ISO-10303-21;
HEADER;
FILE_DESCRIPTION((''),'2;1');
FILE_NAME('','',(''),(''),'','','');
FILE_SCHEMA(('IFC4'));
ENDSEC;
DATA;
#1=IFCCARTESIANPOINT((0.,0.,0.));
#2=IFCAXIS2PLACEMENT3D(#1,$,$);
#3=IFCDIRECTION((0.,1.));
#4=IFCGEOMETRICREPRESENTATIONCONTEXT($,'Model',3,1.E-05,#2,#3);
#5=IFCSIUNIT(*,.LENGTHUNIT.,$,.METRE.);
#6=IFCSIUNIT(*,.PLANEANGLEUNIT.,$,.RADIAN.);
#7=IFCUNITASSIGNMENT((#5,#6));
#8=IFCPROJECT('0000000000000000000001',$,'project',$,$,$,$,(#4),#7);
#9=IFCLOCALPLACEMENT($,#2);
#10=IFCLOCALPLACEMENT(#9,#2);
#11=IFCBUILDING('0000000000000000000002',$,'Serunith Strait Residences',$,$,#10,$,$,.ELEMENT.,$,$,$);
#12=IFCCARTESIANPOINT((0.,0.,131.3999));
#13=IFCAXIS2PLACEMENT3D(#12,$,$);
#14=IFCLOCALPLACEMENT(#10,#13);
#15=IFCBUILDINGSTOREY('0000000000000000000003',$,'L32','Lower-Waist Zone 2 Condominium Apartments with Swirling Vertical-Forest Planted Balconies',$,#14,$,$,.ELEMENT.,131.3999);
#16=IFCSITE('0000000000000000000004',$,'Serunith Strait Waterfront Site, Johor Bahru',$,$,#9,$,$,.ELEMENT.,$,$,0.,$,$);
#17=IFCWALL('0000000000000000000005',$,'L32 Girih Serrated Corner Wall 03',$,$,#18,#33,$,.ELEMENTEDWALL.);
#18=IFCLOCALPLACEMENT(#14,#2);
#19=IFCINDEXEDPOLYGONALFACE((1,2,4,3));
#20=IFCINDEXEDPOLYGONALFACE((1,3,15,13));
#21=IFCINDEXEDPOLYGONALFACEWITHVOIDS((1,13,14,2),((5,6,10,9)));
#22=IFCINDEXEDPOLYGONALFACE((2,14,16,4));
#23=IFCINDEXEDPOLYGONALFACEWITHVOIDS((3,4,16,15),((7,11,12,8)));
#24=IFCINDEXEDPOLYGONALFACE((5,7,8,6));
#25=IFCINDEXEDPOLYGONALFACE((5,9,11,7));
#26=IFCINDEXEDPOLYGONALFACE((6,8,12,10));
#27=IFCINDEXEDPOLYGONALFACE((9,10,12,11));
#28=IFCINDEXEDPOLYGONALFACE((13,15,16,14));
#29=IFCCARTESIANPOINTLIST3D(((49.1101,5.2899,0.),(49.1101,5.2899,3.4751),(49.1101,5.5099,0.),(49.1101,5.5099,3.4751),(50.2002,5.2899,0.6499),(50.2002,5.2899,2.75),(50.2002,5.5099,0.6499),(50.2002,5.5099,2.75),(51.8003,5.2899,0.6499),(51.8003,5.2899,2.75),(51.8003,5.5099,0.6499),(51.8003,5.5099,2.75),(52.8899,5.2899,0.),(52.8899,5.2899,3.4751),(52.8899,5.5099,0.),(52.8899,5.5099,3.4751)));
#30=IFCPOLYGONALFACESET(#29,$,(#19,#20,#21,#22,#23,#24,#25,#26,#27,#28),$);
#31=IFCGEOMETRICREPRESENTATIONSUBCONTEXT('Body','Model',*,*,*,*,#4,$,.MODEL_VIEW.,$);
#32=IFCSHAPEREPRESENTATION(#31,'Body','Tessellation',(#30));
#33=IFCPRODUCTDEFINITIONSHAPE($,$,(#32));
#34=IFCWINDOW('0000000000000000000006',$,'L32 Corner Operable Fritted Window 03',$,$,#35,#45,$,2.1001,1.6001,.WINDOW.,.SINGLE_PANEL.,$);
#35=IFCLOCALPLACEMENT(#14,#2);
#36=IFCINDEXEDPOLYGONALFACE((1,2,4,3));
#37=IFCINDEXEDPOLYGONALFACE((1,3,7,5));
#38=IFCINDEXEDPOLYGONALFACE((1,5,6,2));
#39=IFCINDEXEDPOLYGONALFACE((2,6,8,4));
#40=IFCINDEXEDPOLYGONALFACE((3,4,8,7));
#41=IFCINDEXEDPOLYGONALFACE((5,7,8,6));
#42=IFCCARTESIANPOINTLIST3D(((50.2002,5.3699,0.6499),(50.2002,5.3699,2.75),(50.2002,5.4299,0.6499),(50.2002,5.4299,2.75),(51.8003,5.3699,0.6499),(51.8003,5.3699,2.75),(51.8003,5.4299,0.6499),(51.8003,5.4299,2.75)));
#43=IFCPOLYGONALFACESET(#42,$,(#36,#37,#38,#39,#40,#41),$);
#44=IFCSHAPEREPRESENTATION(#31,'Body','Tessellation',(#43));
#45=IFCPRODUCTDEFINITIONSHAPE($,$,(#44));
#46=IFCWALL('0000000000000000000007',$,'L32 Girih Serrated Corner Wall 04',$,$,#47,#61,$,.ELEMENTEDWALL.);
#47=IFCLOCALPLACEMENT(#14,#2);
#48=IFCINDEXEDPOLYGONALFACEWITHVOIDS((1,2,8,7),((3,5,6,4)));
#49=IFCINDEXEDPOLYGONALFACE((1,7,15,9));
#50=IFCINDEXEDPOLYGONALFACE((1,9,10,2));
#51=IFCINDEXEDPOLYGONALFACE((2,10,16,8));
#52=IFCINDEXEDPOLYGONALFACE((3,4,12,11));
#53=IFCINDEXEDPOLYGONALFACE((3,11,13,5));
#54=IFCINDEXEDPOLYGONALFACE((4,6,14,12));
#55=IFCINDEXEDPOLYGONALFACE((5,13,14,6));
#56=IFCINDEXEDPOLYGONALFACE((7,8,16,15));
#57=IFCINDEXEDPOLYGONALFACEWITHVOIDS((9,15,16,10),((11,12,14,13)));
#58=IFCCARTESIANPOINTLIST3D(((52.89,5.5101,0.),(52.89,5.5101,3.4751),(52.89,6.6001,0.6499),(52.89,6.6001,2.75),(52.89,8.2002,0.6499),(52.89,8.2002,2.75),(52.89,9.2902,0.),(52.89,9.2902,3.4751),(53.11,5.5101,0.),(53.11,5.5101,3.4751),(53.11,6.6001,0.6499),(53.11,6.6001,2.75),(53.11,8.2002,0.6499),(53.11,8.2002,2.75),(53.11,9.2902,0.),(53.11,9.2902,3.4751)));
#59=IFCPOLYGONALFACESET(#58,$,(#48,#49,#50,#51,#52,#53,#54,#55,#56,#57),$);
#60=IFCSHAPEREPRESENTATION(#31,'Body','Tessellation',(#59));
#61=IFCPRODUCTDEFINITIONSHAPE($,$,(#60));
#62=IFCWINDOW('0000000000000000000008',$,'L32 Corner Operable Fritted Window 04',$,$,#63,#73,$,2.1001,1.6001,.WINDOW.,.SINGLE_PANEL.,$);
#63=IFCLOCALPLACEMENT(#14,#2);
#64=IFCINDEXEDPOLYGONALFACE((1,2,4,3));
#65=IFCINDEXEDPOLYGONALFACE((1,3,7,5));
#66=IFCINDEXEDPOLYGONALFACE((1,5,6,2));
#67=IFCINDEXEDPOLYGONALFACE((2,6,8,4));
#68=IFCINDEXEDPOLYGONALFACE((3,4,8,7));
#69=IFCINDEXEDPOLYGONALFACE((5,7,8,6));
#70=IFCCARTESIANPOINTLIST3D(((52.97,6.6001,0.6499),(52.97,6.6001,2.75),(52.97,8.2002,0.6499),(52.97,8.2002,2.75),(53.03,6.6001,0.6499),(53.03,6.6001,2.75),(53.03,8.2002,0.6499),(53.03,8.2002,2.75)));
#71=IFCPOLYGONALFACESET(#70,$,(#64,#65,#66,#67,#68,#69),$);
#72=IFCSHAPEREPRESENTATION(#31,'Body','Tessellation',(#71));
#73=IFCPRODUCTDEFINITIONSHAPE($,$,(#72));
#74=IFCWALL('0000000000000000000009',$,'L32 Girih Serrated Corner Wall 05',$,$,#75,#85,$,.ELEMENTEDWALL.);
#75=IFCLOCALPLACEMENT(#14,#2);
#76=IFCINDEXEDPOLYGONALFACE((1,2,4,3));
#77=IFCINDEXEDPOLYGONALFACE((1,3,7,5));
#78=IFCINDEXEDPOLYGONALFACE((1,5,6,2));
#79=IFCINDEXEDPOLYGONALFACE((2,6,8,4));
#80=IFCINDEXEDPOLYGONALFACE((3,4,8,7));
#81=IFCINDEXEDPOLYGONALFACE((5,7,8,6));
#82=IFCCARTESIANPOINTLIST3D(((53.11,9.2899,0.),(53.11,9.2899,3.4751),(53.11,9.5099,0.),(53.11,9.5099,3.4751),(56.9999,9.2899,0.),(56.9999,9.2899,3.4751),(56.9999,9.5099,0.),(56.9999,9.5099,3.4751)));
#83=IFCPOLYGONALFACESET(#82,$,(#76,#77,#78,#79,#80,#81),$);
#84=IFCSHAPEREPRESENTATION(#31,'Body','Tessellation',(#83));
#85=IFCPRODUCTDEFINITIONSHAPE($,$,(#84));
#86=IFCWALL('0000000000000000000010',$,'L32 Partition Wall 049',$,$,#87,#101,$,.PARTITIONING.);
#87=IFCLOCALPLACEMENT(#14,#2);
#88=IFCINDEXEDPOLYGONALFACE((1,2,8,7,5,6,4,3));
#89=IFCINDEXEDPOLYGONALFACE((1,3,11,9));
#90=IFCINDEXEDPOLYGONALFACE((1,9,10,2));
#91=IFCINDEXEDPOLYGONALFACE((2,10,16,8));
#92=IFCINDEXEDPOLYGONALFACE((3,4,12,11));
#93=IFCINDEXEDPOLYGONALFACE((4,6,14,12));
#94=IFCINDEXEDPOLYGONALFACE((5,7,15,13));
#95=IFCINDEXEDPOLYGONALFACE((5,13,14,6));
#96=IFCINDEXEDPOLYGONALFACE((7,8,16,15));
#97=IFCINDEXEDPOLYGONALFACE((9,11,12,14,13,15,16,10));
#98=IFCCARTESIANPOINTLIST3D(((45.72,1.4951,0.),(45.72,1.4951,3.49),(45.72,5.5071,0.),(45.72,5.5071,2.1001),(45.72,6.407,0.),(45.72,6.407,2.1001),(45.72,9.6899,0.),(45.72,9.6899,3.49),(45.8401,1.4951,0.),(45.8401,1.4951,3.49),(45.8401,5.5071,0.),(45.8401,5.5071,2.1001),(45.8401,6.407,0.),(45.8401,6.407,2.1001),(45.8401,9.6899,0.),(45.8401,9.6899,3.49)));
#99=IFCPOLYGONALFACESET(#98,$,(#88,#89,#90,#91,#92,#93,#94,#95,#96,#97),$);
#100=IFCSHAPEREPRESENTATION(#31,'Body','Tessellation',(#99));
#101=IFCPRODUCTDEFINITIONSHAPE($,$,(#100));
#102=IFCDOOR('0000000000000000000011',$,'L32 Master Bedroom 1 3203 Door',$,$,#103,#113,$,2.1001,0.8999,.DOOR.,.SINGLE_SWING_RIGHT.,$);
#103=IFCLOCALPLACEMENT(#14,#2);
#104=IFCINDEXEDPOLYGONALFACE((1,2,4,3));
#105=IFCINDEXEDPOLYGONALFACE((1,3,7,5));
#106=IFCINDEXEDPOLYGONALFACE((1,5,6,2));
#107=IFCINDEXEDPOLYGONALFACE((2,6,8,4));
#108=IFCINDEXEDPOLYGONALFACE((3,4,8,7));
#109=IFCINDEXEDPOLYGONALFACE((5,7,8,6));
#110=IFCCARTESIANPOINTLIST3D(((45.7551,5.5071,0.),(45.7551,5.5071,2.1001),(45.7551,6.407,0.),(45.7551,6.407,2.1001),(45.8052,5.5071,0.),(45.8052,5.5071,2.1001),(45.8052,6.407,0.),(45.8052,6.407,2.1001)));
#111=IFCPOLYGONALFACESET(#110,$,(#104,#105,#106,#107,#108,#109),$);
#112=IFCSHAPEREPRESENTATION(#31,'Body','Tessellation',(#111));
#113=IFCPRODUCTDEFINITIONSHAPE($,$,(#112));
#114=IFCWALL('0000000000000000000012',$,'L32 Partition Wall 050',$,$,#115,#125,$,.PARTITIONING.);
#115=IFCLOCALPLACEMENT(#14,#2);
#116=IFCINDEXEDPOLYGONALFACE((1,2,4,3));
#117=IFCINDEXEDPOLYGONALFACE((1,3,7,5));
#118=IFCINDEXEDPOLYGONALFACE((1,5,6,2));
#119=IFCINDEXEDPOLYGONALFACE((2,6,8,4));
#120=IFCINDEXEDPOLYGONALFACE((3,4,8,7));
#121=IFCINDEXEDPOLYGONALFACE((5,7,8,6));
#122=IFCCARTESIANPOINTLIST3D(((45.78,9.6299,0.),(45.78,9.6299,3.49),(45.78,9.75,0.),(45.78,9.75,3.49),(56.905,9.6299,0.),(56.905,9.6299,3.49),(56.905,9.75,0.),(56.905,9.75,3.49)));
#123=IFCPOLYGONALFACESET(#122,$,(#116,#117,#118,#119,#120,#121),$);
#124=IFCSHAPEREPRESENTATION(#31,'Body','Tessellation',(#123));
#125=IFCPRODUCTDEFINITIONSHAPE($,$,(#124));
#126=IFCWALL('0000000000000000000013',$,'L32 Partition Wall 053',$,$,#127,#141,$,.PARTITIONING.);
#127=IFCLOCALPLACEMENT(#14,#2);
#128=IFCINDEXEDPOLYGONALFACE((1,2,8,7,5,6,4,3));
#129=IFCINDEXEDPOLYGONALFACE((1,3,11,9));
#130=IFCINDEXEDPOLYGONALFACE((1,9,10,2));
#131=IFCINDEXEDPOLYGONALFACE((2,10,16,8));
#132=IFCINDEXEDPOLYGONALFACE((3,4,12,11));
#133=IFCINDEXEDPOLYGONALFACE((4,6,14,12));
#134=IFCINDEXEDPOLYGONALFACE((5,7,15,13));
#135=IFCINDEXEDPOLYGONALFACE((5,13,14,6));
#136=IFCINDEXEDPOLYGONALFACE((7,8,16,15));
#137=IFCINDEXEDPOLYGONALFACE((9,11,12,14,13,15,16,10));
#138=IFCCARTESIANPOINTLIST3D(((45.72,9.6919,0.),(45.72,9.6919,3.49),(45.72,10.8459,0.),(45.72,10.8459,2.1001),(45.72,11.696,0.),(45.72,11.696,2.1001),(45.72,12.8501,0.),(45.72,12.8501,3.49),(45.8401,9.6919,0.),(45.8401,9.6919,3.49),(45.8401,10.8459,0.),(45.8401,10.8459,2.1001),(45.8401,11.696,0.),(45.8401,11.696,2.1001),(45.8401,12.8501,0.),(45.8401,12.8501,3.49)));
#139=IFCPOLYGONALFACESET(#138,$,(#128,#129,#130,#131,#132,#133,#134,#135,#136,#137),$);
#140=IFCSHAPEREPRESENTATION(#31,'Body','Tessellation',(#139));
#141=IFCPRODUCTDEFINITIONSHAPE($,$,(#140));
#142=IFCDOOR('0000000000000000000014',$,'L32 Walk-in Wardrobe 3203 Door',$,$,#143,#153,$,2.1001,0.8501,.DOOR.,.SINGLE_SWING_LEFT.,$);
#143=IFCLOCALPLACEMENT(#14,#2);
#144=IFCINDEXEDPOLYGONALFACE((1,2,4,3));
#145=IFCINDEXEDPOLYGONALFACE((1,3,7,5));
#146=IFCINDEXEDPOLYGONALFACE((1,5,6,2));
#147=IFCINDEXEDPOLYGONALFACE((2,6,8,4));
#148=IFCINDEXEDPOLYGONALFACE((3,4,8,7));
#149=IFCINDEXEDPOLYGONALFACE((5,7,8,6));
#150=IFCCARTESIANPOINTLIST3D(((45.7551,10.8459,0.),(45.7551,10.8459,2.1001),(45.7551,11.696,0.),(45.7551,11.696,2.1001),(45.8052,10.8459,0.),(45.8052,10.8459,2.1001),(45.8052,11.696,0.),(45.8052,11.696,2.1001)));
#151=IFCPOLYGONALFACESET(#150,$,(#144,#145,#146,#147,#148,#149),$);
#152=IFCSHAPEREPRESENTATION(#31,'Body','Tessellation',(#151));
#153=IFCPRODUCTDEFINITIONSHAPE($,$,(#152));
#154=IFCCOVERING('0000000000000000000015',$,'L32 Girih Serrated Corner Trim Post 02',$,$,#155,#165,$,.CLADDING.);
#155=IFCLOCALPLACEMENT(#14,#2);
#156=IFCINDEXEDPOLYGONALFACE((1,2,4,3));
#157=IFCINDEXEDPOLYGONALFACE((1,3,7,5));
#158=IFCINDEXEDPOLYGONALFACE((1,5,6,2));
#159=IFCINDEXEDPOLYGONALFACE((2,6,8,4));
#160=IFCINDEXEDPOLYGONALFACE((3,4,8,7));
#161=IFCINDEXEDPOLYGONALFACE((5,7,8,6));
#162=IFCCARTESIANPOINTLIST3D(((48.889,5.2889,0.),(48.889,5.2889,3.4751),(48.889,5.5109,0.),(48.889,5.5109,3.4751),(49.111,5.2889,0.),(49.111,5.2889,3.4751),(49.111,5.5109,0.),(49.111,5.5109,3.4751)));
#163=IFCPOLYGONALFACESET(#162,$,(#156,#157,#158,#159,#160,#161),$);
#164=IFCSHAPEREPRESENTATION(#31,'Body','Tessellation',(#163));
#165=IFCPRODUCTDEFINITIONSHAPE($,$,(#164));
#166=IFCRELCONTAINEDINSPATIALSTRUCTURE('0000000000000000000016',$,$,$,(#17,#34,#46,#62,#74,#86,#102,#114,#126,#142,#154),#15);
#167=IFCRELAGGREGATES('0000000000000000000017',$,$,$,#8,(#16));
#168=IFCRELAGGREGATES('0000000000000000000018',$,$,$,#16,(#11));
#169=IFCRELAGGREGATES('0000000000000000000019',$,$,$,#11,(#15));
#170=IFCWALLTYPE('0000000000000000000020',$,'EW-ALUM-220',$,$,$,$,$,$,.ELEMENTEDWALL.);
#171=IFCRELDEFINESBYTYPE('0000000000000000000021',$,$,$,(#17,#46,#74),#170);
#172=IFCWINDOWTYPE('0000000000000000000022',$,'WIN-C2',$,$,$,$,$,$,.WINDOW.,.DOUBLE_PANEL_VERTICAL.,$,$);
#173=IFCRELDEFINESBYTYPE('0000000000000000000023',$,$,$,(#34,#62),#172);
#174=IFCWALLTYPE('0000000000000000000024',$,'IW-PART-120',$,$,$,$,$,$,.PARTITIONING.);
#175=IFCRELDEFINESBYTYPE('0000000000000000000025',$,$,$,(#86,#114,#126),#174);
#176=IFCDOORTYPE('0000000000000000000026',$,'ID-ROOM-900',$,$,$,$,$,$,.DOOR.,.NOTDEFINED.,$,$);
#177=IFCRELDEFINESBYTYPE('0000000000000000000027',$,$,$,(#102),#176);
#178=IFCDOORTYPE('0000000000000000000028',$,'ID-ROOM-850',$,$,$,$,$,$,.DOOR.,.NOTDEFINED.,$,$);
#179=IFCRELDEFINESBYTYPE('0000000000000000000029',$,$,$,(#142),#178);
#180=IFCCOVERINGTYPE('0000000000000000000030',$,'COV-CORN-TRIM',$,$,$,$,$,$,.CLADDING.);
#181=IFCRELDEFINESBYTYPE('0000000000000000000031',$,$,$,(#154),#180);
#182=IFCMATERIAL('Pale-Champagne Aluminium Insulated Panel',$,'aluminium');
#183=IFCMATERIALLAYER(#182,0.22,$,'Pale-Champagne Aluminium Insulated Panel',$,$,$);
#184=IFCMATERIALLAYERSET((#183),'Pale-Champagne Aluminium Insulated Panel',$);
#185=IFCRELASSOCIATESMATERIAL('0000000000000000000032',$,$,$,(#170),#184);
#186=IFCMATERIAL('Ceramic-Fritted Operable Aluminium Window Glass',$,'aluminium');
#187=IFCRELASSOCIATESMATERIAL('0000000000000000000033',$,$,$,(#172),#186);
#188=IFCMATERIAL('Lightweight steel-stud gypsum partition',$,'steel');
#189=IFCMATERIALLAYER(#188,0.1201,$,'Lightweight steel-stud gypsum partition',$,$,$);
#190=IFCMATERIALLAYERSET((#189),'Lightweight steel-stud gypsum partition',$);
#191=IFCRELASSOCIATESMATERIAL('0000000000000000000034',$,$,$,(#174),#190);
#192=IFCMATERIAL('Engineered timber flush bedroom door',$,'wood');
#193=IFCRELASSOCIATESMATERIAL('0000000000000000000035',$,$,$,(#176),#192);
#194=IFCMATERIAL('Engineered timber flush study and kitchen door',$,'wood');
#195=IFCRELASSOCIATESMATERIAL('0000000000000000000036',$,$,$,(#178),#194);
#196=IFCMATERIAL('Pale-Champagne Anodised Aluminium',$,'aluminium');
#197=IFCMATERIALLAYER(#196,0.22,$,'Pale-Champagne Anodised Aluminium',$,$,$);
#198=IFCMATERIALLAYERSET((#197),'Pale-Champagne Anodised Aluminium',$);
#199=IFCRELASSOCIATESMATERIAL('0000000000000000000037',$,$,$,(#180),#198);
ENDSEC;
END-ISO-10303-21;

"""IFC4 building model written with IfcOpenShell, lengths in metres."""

from ifc_helpers import new_model, si_unit, direction, frame, frame_2d, origin, origin_2d, place, context, subcontext, project, spatial, rectangle, extrude, source, transform, mapped, material, layer, layer_set, type_object, element, fill, save


model = new_model("IFC4")

# Units and contexts
model_context = context("Model", 3, precision=1e-05, world=origin(), true_north=direction((0.0, 1.0)))
body_context = subcontext(model_context, "Body", "Model", "MODEL_VIEW")
ifc_project = project(units=[si_unit("LENGTHUNIT", "METRE"), si_unit("PLANEANGLEUNIT", "RADIAN")], contexts=[model_context])

# Site, building, storey
site_placement = place(None, origin())
site = spatial("IfcSite", under=ifc_project, at=site_placement, Name="Serunith Strait Waterfront Site, Johor Bahru", CompositionType="ELEMENT", RefElevation=0.0)
building_placement = place(site_placement, origin())
building = spatial("IfcBuilding", under=site, at=building_placement, Name="Serunith Strait Residences", CompositionType="ELEMENT")
storey_placement = place(building_placement, frame((0.0, 0.0, 131.3999)))
storey = spatial("IfcBuildingStorey", under=building, at=storey_placement, Name="L32", Description="Lower-Waist Zone 2 Condominium Apartments with Swirling Vertical-Forest Planted Balconies", CompositionType="ELEMENT", Elevation=131.3999)

# Shared definitions
ifc_material_1 = material(Name="Pale-Champagne Anodised Aluminium", Category="aluminium")

# Walls, openings, windows
ifc_material_2 = material(Name="Pale-Champagne Aluminium Insulated Panel", Category="aluminium")
ifc_layer_1 = layer(ifc_material_2, 0.22, Name="Pale-Champagne Aluminium Insulated Panel")
ifc_layer_set_1 = layer_set([ifc_layer_1], Name="Pale-Champagne Aluminium Insulated Panel")
wall_type_1 = type_object("IfcWallType", Name="EW-ALUM-220", PredefinedType="ELEMENTEDWALL", material=ifc_layer_set_1)
ifc_material_3 = material(Name="Ceramic-Fritted Operable Aluminium Window Glass", Category="aluminium")
window_type = type_object("IfcWindowType", Name="WIN-C2", PartitioningType="DOUBLE_PANEL_VERTICAL", PredefinedType="WINDOW", material=ifc_material_3)
shared_shape_1 = source(origin(), body_context, "Body", "SweptSolid", [
    extrude(rectangle(XDim=1.6001, YDim=2.1001, at=frame_2d((0.8, 1.05))), frame((0.0, 0.03, 0.0), z_axis=(0.0, -1.0, 0.0), x_axis=(1.0, 0.0, 0.0)), (0.0, 0.0, 1.0), 0.0601),
])
wall_1_placement = place(storey_placement, frame((49.1101, 5.3999, 0.0), z_axis=(0.0, 0.0, 1.0), x_axis=(1.0, 0.0, 0.0)))
wall_1 = element("IfcWall", 1, at=wall_1_placement, inside=storey, type_object=wall_type_1, Name="L32 Girih Serrated Corner Wall 03", PredefinedType="ELEMENTEDWALL", context=body_context, shape_type="SweptSolid", body=[
    extrude(rectangle(XDim=3.7798, YDim=0.22, at=frame_2d((1.8899, 0.0))), origin(), (0.0, 0.0, 1.0), 3.4751),
])
opening_1_placement = place(wall_1_placement, frame((1.0901, 0.0, 0.6499)))
opening_1 = element("IfcOpeningElement", 2, at=opening_1_placement, cuts=wall_1, PredefinedType="OPENING", context=body_context, shape_type="SweptSolid", body=[
    extrude(rectangle(XDim=1.6001, YDim=2.1001, at=frame_2d((0.8, 1.05))), frame((0.0, 0.1201, 0.0), z_axis=(0.0, -1.0, 0.0), x_axis=(1.0, 0.0, 0.0)), (0.0, 0.0, 1.0), 0.24),
])
window_1_placement = place(opening_1_placement, origin())
window_1 = element("IfcWindow", 3, at=window_1_placement, inside=storey, type_object=window_type, Name="L32 Corner Operable Fritted Window 03", OverallHeight=2.1001, OverallWidth=1.6001, PartitioningType="SINGLE_PANEL", PredefinedType="WINDOW", context=body_context, shape_type="MappedRepresentation", body=[
    mapped(shared_shape_1, transform((0.0, 0.0, 0.0), scale=1.0)),
])
fill(opening_1, window_1)
wall_2_placement = place(storey_placement, frame((53.0, 5.51, 0.0), z_axis=(0.0, 0.0, 1.0), x_axis=(0.0, 1.0, 0.0)))
wall_2 = element("IfcWall", 4, at=wall_2_placement, inside=storey, type_object=wall_type_1, Name="L32 Girih Serrated Corner Wall 04", PredefinedType="ELEMENTEDWALL", context=body_context, shape_type="SweptSolid", body=[
    extrude(rectangle(XDim=3.78, YDim=0.22, at=frame_2d((1.8901, 0.0))), origin(), (0.0, 0.0, 1.0), 3.4751),
])
opening_2_placement = place(wall_2_placement, frame((1.0901, 0.0, 0.6499)))
opening_2 = element("IfcOpeningElement", 5, at=opening_2_placement, cuts=wall_2, PredefinedType="OPENING", context=body_context, shape_type="SweptSolid", body=[
    extrude(rectangle(XDim=1.6001, YDim=2.1001, at=frame_2d((0.8, 1.05))), frame((0.0, 0.1201, 0.0), z_axis=(0.0, -1.0, 0.0), x_axis=(1.0, 0.0, 0.0)), (0.0, 0.0, 1.0), 0.24),
])
window_2_placement = place(opening_2_placement, origin())
window_2 = element("IfcWindow", 6, at=window_2_placement, inside=storey, type_object=window_type, Name="L32 Corner Operable Fritted Window 04", OverallHeight=2.1001, OverallWidth=1.6001, PartitioningType="SINGLE_PANEL", PredefinedType="WINDOW", context=body_context, shape_type="MappedRepresentation", body=[
    mapped(shared_shape_1, transform((0.0, 0.0, 0.0), scale=1.0)),
])
fill(opening_2, window_2)

# Wall
wall_3_placement = place(storey_placement, frame((53.1101, 9.3999, 0.0), z_axis=(0.0, 0.0, 1.0), x_axis=(1.0, 0.0, 0.0)))
element("IfcWall", 7, at=wall_3_placement, inside=storey, type_object=wall_type_1, Name="L32 Girih Serrated Corner Wall 05", PredefinedType="ELEMENTEDWALL", context=body_context, shape_type="SweptSolid", body=[
    extrude(rectangle(XDim=3.8899, YDim=0.22, at=frame_2d((1.9448, 0.0))), origin(), (0.0, 0.0, 1.0), 3.4751),
])

# Wall, opening, door
ifc_material_4 = material(Name="Lightweight steel-stud gypsum partition", Category="steel")
ifc_layer_2 = layer(ifc_material_4, 0.1201, Name="Lightweight steel-stud gypsum partition")
ifc_layer_set_2 = layer_set([ifc_layer_2], Name="Lightweight steel-stud gypsum partition")
wall_type_2 = type_object("IfcWallType", Name="IW-PART-120", PredefinedType="PARTITIONING", material=ifc_layer_set_2)
wall_4_placement = place(storey_placement, frame((45.78, 1.4951, 0.0), z_axis=(0.0, 0.0, 1.0), x_axis=(0.0, 1.0, 0.0)))
wall_4 = element("IfcWall", 8, at=wall_4_placement, inside=storey, type_object=wall_type_2, Name="L32 Partition Wall 049", PredefinedType="PARTITIONING", context=body_context, shape_type="SweptSolid", body=[
    extrude(rectangle(XDim=8.1948, YDim=0.1201, at=frame_2d((4.0974, 0.0))), origin(), (0.0, 0.0, 1.0), 3.49),
])
opening_3_placement = place(wall_4_placement, frame((4.012, 0.0, 0.0)))
opening_3 = element("IfcOpeningElement", 9, at=opening_3_placement, cuts=wall_4, PredefinedType="OPENING", context=body_context, shape_type="SweptSolid", body=[
    extrude(rectangle(XDim=0.8999, YDim=2.1001, at=frame_2d((0.45, 1.05))), frame((0.0, 0.0701, 0.0), z_axis=(0.0, -1.0, 0.0), x_axis=(1.0, 0.0, 0.0)), (0.0, 0.0, 1.0), 0.1401),
])
ifc_material_5 = material(Name="Engineered timber flush bedroom door", Category="wood")
door_type_1 = type_object("IfcDoorType", Name="ID-ROOM-900", OperationType="NOTDEFINED", PredefinedType="DOOR", material=ifc_material_5)
shared_shape_2 = source(origin(), body_context, "Body", "SweptSolid", [
    extrude(rectangle(XDim=0.8999, YDim=2.1001, at=frame_2d((0.45, 1.05))), frame((0.0, 0.0249, 0.0), z_axis=(0.0, -1.0, 0.0), x_axis=(1.0, 0.0, 0.0)), (0.0, 0.0, 1.0), 0.05),
])
door_1_placement = place(opening_3_placement, origin())
door_1 = element("IfcDoor", 10, at=door_1_placement, inside=storey, type_object=door_type_1, Name="L32 Master Bedroom 1 3203 Door", OperationType="SINGLE_SWING_RIGHT", OverallHeight=2.1001, OverallWidth=0.8999, PredefinedType="DOOR", context=body_context, shape_type="MappedRepresentation", body=[
    mapped(shared_shape_2, transform((0.0, 0.0, 0.0), scale=1.0)),
])
fill(opening_3, door_1)

# Wall
wall_5_placement = place(storey_placement, frame((45.78, 9.6899, 0.0), z_axis=(0.0, 0.0, 1.0), x_axis=(1.0, 0.0, 0.0)))
element("IfcWall", 11, at=wall_5_placement, inside=storey, type_object=wall_type_2, Name="L32 Partition Wall 050", PredefinedType="PARTITIONING", context=body_context, shape_type="SweptSolid", body=[
    extrude(rectangle(XDim=11.125, YDim=0.1201, at=frame_2d((5.5625, 0.0))), origin(), (0.0, 0.0, 1.0), 3.49),
])

# Wall, opening, door
wall_6_placement = place(storey_placement, frame((45.78, 9.6919, 0.0), z_axis=(0.0, 0.0, 1.0), x_axis=(0.0, 1.0, 0.0)))
wall_6 = element("IfcWall", 12, at=wall_6_placement, inside=storey, type_object=wall_type_2, Name="L32 Partition Wall 053", PredefinedType="PARTITIONING", context=body_context, shape_type="SweptSolid", body=[
    extrude(rectangle(XDim=3.1582, YDim=0.1201, at=frame_2d((1.5791, 0.0))), origin(), (0.0, 0.0, 1.0), 3.49),
])
opening_4_placement = place(wall_6_placement, frame((1.1541, 0.0, 0.0)))
opening_4 = element("IfcOpeningElement", 13, at=opening_4_placement, cuts=wall_6, PredefinedType="OPENING", context=body_context, shape_type="SweptSolid", body=[
    extrude(rectangle(XDim=0.8501, YDim=2.1001, at=frame_2d((0.425, 1.05))), frame((0.0, 0.0701, 0.0), z_axis=(0.0, -1.0, 0.0), x_axis=(1.0, 0.0, 0.0)), (0.0, 0.0, 1.0), 0.1401),
])
ifc_material_6 = material(Name="Engineered timber flush study and kitchen door", Category="wood")
door_type_2 = type_object("IfcDoorType", Name="ID-ROOM-850", OperationType="NOTDEFINED", PredefinedType="DOOR", material=ifc_material_6)
shared_shape_3 = source(origin(), body_context, "Body", "SweptSolid", [
    extrude(rectangle(XDim=0.8501, YDim=2.1001, at=frame_2d((0.425, 1.05))), frame((0.0, 0.0249, 0.0), z_axis=(0.0, -1.0, 0.0), x_axis=(1.0, 0.0, 0.0)), (0.0, 0.0, 1.0), 0.05),
])
door_2_placement = place(opening_4_placement, origin())
door_2 = element("IfcDoor", 14, at=door_2_placement, inside=storey, type_object=door_type_2, Name="L32 Walk-in Wardrobe 3203 Door", OperationType="SINGLE_SWING_LEFT", OverallHeight=2.1001, OverallWidth=0.8501, PredefinedType="DOOR", context=body_context, shape_type="MappedRepresentation", body=[
    mapped(shared_shape_3, transform((0.0, 0.0, 0.0), scale=1.0)),
])
fill(opening_4, door_2)

# Covering
ifc_layer_3 = layer(ifc_material_1, 0.22, Name="Pale-Champagne Anodised Aluminium")
ifc_layer_set_3 = layer_set([ifc_layer_3], Name="Pale-Champagne Anodised Aluminium")
covering_type = type_object("IfcCoveringType", Name="COV-CORN-TRIM", PredefinedType="CLADDING", material=ifc_layer_set_3)
shared_shape_4 = source(origin(), body_context, "Body", "SweptSolid", [
    extrude(rectangle(XDim=0.2219, YDim=0.2219, at=origin_2d()), origin(), (0.0, 0.0, 1.0), 3.4751),
])
for number, where, z_axis, x_axis, name in (
    (15, (49.0, 5.3999, 0.0), (0.0, 0.0, 1.0), (1.0, 0.0, 0.0), "L32 Girih Serrated Corner Trim Post 02"),
):
    element("IfcCovering", number, at=place(storey_placement, frame(where, z_axis=z_axis, x_axis=x_axis)), inside=storey, type_object=covering_type, Name=name, PredefinedType="CLADDING", context=body_context, shape_type="MappedRepresentation", body=[
        mapped(shared_shape_4, transform((0.0, 0.0, 0.0), scale=1.0)),
    ])

save(model, "model.ifc")
